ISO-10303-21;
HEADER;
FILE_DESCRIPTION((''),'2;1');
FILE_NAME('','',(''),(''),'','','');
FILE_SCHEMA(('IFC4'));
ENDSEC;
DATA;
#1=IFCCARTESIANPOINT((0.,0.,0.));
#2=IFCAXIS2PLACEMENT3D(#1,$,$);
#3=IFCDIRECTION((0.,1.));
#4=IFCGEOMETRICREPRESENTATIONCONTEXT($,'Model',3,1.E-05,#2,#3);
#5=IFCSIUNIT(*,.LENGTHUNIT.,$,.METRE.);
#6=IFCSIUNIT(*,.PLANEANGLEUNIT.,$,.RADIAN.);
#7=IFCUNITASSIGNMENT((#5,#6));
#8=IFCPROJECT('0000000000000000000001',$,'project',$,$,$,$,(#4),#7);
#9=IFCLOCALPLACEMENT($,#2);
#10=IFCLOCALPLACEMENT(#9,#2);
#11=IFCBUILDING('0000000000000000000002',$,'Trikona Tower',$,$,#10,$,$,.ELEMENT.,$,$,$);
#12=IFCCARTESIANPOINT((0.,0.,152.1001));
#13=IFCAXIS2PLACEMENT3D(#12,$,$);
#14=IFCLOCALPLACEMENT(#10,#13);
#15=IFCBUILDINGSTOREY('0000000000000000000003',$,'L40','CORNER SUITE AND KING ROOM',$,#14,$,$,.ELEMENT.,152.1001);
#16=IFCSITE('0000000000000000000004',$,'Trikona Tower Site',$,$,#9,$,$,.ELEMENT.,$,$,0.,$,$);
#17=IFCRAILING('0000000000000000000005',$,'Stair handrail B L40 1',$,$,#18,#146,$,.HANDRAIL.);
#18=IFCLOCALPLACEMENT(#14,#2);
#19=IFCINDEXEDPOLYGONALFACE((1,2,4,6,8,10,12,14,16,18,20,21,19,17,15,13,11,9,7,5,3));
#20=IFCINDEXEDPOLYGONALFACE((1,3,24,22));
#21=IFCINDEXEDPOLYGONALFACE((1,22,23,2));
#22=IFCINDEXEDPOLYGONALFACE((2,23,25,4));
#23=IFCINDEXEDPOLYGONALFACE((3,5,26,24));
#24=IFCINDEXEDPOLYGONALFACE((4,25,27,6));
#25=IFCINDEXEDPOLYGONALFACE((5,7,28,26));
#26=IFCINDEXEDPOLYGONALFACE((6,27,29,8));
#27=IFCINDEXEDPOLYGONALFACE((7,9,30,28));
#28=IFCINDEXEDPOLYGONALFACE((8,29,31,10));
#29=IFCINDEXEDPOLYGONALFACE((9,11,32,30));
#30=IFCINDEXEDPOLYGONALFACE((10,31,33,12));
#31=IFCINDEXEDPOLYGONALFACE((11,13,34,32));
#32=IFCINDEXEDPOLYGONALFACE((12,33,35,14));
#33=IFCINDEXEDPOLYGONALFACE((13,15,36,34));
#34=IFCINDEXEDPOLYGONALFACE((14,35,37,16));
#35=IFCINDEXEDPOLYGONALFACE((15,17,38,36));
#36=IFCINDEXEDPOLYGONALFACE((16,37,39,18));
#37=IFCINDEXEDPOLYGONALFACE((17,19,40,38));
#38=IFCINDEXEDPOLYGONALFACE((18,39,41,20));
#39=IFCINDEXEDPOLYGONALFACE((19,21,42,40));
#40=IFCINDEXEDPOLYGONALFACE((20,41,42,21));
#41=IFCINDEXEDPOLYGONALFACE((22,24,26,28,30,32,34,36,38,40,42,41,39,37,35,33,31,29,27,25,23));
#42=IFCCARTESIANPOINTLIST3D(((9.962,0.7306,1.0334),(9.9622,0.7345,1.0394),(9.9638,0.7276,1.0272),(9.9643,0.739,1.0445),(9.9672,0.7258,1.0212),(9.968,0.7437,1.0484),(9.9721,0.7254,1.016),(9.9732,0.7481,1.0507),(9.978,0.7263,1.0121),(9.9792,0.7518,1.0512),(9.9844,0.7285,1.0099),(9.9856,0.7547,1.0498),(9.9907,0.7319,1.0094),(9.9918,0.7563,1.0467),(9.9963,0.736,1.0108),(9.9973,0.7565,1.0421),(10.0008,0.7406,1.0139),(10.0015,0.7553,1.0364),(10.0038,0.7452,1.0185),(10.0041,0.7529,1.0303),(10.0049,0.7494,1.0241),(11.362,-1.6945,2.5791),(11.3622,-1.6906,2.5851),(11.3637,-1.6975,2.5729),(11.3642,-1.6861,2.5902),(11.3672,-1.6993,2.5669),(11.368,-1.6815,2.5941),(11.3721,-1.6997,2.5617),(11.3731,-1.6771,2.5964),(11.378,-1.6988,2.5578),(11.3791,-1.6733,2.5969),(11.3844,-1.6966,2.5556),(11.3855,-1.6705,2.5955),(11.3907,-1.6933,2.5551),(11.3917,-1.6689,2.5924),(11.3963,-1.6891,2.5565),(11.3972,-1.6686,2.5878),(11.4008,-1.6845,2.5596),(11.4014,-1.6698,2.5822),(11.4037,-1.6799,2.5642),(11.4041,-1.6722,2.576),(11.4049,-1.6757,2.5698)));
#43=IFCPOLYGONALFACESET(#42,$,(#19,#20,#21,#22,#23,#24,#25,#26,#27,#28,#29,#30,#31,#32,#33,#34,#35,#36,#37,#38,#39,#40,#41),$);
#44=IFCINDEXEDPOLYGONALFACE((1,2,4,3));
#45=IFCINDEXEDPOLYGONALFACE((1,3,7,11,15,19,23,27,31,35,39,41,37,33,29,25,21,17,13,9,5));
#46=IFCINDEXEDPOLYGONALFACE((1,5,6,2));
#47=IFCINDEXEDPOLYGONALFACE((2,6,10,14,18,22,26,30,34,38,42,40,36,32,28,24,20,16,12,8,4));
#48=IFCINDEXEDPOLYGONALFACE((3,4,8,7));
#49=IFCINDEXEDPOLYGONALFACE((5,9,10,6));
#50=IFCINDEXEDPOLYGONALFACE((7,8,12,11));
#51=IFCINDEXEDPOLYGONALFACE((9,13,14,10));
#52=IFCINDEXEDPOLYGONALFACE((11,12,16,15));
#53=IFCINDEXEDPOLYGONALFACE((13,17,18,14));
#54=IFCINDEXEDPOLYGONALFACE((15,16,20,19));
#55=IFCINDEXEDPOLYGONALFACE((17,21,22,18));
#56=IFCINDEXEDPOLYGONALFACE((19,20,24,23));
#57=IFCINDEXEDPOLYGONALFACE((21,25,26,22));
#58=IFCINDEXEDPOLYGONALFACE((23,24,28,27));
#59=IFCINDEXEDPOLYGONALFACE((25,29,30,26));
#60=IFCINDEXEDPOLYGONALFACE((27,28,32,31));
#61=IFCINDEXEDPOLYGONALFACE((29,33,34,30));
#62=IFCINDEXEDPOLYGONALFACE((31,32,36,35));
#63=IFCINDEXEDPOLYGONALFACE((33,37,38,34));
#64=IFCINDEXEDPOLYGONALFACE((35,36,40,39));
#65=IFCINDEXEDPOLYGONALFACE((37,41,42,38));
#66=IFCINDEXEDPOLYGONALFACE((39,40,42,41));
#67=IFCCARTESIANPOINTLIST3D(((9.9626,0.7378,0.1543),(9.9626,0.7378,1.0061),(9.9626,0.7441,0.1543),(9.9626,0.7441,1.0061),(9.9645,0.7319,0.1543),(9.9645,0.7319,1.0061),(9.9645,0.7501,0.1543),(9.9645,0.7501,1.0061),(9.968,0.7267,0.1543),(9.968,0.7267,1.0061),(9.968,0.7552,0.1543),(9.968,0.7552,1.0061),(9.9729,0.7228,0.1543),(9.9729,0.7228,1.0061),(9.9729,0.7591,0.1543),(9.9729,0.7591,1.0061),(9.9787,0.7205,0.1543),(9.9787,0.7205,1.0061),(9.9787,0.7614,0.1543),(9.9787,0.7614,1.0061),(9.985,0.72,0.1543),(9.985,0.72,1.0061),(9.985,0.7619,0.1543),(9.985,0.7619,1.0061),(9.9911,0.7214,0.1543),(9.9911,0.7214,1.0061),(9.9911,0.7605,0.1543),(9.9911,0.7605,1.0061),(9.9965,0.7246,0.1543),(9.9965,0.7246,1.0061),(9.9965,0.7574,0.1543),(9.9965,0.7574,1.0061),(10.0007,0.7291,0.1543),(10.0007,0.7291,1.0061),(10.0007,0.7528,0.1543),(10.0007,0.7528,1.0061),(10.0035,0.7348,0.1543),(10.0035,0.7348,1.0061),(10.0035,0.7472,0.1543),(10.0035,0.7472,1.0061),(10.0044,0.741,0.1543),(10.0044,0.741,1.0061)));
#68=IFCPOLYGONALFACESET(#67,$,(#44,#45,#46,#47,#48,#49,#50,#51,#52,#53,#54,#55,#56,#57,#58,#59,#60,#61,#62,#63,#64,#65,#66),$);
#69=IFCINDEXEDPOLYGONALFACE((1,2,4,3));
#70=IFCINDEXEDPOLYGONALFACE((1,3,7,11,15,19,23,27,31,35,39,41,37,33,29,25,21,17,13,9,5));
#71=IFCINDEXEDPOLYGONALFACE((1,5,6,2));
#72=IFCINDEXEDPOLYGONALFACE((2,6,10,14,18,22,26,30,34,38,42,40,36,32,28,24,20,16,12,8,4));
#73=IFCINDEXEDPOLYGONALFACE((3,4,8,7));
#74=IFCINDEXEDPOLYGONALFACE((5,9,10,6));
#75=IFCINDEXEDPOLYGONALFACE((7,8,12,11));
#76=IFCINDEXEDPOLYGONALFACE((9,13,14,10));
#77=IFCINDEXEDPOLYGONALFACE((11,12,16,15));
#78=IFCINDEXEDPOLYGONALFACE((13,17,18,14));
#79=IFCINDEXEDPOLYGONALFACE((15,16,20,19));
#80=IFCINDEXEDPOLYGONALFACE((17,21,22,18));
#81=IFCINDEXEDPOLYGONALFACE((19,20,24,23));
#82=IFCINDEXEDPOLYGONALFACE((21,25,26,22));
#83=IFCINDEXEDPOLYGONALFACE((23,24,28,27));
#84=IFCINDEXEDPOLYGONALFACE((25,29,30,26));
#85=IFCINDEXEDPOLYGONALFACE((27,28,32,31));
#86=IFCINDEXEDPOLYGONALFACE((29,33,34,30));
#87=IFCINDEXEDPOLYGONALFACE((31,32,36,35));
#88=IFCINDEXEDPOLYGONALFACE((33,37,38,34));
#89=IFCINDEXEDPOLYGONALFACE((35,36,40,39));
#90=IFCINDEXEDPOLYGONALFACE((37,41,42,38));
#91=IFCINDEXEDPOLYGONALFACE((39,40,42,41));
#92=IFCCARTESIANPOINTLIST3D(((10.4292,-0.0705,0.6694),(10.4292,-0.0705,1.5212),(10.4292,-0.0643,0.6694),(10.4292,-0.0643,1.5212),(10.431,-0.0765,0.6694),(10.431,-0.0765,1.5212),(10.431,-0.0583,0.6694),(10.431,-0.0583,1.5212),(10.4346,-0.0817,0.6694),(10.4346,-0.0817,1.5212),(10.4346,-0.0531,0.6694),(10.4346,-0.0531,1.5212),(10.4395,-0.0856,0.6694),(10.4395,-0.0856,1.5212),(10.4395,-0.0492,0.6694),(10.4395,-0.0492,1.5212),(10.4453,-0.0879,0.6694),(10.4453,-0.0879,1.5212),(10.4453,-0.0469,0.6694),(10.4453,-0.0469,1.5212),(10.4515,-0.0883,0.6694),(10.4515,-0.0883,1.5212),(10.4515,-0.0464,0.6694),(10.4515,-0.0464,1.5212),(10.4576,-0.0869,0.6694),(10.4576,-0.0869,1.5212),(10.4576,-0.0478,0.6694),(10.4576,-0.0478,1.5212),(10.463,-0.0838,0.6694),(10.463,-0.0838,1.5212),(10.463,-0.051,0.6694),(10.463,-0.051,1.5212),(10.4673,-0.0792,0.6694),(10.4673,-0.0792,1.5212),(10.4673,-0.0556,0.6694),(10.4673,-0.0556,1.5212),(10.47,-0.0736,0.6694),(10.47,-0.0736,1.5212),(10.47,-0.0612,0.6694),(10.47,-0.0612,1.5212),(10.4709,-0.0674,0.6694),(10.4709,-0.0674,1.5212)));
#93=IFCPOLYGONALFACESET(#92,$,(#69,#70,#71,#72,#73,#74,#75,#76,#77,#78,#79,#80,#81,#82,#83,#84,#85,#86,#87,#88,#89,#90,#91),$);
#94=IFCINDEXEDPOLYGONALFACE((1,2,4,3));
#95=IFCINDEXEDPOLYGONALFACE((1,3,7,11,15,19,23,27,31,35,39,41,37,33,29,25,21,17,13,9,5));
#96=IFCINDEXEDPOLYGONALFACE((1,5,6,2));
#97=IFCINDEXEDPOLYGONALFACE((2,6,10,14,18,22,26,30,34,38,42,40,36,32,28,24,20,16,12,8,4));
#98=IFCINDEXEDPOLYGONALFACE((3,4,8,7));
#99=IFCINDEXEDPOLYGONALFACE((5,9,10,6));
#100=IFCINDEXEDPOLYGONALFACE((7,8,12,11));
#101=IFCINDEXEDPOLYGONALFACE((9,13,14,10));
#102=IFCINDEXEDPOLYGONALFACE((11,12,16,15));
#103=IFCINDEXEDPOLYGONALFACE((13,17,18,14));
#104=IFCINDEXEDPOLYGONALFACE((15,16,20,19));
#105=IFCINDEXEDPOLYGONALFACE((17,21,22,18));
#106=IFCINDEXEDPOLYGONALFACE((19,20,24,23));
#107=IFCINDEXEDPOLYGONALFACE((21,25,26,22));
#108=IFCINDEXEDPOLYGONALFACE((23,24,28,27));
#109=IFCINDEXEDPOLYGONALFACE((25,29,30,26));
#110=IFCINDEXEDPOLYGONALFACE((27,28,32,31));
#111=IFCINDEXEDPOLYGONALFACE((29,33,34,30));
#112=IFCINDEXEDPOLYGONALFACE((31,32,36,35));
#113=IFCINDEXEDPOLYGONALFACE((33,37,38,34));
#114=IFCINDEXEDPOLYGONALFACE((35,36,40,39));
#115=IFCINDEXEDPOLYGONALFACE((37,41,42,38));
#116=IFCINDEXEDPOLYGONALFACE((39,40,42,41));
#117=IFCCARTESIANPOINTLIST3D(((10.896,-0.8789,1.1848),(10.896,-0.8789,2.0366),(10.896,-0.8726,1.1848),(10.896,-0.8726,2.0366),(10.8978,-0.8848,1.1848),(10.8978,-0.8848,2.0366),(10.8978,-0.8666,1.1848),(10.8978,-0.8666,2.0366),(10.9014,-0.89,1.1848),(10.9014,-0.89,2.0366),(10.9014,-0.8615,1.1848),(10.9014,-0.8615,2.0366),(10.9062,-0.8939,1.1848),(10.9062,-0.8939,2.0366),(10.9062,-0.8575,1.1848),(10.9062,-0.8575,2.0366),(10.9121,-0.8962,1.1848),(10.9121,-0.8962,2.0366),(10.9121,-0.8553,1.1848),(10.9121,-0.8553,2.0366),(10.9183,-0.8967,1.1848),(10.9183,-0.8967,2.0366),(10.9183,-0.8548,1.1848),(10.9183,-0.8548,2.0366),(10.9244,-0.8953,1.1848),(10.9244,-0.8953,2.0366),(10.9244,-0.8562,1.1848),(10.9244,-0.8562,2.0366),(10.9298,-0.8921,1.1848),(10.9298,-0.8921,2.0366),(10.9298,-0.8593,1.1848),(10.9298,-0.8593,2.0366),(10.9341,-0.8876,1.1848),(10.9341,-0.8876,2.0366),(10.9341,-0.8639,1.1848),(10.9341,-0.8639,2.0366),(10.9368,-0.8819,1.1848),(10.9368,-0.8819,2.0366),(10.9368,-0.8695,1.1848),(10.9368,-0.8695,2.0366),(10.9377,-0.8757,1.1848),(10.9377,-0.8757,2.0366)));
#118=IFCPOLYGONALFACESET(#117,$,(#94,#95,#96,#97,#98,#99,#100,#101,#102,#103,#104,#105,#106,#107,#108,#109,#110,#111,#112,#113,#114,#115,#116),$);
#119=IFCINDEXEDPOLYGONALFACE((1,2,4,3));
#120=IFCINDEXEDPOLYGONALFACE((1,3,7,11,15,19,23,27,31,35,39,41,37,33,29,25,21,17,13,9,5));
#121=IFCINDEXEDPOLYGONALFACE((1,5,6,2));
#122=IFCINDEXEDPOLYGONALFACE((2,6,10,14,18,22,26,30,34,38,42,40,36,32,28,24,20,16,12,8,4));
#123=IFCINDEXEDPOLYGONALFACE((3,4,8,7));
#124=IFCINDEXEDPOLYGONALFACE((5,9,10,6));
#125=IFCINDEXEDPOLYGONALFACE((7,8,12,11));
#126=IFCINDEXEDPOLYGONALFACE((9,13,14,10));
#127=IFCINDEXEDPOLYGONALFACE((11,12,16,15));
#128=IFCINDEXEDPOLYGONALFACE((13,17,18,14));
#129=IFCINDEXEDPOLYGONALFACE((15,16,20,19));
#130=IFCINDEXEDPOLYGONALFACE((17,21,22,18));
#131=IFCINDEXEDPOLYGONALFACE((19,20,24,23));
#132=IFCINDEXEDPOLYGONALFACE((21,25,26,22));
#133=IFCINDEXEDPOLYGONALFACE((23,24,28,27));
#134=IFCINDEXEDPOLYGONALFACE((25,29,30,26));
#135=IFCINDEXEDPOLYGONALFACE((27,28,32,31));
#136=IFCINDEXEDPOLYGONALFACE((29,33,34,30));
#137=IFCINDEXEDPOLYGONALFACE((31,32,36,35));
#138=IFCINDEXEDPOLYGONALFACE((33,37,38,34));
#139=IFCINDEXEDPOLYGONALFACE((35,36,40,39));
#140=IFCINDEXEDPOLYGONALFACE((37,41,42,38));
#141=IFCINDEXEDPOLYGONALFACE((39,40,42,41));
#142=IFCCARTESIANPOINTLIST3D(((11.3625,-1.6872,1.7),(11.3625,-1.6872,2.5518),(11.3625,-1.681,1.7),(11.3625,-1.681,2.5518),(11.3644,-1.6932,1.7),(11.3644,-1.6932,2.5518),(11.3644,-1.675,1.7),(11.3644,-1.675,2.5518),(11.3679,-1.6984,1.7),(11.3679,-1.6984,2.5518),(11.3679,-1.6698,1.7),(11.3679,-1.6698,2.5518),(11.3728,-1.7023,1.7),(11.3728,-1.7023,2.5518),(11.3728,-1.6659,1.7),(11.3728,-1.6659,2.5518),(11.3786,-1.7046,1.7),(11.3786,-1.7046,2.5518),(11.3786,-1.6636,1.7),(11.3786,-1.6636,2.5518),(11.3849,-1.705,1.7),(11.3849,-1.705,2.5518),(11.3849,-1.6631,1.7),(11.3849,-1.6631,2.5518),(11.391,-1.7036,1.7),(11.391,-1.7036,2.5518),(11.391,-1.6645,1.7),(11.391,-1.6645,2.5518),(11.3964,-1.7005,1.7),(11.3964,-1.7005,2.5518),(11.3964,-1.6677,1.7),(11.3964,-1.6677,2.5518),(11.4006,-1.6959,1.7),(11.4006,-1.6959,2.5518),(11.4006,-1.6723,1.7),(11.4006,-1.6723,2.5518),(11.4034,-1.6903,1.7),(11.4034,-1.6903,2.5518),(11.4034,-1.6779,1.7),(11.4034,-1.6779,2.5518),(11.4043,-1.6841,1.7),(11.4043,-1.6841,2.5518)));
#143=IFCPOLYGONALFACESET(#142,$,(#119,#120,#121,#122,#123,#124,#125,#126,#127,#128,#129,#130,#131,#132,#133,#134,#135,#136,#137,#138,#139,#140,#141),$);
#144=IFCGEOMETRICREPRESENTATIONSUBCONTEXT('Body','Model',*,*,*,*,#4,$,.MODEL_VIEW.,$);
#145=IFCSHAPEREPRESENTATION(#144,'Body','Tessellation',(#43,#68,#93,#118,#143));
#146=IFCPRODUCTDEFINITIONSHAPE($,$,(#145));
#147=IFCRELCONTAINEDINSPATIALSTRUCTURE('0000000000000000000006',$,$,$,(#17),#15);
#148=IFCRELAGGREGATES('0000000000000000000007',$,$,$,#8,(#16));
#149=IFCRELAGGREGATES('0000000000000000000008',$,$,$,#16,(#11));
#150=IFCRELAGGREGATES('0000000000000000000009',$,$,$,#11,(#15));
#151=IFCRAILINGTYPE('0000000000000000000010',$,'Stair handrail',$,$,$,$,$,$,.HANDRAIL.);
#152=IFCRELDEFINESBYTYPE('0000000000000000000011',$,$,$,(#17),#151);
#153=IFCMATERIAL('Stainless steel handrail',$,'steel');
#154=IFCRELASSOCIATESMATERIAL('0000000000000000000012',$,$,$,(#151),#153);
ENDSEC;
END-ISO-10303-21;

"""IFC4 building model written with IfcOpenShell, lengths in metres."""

from ifc_helpers import new_model, si_unit, direction, frame, origin, origin_2d, place, context, subcontext, project, spatial, circle, extrude, material, type_object, element, save


model = new_model("IFC4")

# Units and contexts
model_context = context("Model", 3, precision=1e-05, world=origin(), true_north=direction((0.0, 1.0)))
body_context = subcontext(model_context, "Body", "Model", "MODEL_VIEW")
ifc_project = project(units=[si_unit("LENGTHUNIT", "METRE"), si_unit("PLANEANGLEUNIT", "RADIAN")], contexts=[model_context])

# Site, building, storey
site_placement = place(None, origin())
site = spatial("IfcSite", under=ifc_project, at=site_placement, Name="Trikona Tower Site", CompositionType="ELEMENT", RefElevation=0.0)
building_placement = place(site_placement, origin())
building = spatial("IfcBuilding", under=site, at=building_placement, Name="Trikona Tower", CompositionType="ELEMENT")
storey_placement = place(building_placement, frame((0.0, 0.0, 152.1001)))
storey = spatial("IfcBuildingStorey", under=building, at=storey_placement, Name="L40", Description="CORNER SUITE AND KING ROOM", CompositionType="ELEMENT", Elevation=152.1001)

# Railing
ifc_material_1 = material(Name="Stainless steel handrail", Category="steel")
railing_type = type_object("IfcRailingType", Name="Stair handrail", PredefinedType="HANDRAIL", material=ifc_material_1)
railing_placement = place(storey_placement, frame((9.9834, 0.741, 0.1543)))
element("IfcRailing", 1, at=railing_placement, inside=storey, type_object=railing_type, Name="Stair handrail B L40 1", PredefinedType="HANDRAIL", context=body_context, shape_type="SweptSolid", body=[
    extrude(circle(Radius=0.0239, at=origin_2d()), frame((0.0, 0.0, 0.876), z_axis=(0.437691, -0.758212, 0.483262), x_axis=(0.866056, 0.499946, 0.0)), (0.0, 0.0, 1.0), 3.1985),
    extrude(circle(Radius=0.021, at=origin_2d()), origin(), (0.0, 0.0, 1.0), 0.8518),
    extrude(circle(Radius=0.021, at=origin_2d()), frame((0.4666, -0.8083, 0.5151)), (0.0, 0.0, 1.0), 0.8518),
    extrude(circle(Radius=0.021, at=origin_2d()), frame((0.9333, -1.6167, 1.0305)), (0.0, 0.0, 1.0), 0.8518),
    extrude(circle(Radius=0.021, at=origin_2d()), frame((1.3999, -2.425, 1.5457)), (0.0, 0.0, 1.0), 0.8518),
])

save(model, "model.ifc")
